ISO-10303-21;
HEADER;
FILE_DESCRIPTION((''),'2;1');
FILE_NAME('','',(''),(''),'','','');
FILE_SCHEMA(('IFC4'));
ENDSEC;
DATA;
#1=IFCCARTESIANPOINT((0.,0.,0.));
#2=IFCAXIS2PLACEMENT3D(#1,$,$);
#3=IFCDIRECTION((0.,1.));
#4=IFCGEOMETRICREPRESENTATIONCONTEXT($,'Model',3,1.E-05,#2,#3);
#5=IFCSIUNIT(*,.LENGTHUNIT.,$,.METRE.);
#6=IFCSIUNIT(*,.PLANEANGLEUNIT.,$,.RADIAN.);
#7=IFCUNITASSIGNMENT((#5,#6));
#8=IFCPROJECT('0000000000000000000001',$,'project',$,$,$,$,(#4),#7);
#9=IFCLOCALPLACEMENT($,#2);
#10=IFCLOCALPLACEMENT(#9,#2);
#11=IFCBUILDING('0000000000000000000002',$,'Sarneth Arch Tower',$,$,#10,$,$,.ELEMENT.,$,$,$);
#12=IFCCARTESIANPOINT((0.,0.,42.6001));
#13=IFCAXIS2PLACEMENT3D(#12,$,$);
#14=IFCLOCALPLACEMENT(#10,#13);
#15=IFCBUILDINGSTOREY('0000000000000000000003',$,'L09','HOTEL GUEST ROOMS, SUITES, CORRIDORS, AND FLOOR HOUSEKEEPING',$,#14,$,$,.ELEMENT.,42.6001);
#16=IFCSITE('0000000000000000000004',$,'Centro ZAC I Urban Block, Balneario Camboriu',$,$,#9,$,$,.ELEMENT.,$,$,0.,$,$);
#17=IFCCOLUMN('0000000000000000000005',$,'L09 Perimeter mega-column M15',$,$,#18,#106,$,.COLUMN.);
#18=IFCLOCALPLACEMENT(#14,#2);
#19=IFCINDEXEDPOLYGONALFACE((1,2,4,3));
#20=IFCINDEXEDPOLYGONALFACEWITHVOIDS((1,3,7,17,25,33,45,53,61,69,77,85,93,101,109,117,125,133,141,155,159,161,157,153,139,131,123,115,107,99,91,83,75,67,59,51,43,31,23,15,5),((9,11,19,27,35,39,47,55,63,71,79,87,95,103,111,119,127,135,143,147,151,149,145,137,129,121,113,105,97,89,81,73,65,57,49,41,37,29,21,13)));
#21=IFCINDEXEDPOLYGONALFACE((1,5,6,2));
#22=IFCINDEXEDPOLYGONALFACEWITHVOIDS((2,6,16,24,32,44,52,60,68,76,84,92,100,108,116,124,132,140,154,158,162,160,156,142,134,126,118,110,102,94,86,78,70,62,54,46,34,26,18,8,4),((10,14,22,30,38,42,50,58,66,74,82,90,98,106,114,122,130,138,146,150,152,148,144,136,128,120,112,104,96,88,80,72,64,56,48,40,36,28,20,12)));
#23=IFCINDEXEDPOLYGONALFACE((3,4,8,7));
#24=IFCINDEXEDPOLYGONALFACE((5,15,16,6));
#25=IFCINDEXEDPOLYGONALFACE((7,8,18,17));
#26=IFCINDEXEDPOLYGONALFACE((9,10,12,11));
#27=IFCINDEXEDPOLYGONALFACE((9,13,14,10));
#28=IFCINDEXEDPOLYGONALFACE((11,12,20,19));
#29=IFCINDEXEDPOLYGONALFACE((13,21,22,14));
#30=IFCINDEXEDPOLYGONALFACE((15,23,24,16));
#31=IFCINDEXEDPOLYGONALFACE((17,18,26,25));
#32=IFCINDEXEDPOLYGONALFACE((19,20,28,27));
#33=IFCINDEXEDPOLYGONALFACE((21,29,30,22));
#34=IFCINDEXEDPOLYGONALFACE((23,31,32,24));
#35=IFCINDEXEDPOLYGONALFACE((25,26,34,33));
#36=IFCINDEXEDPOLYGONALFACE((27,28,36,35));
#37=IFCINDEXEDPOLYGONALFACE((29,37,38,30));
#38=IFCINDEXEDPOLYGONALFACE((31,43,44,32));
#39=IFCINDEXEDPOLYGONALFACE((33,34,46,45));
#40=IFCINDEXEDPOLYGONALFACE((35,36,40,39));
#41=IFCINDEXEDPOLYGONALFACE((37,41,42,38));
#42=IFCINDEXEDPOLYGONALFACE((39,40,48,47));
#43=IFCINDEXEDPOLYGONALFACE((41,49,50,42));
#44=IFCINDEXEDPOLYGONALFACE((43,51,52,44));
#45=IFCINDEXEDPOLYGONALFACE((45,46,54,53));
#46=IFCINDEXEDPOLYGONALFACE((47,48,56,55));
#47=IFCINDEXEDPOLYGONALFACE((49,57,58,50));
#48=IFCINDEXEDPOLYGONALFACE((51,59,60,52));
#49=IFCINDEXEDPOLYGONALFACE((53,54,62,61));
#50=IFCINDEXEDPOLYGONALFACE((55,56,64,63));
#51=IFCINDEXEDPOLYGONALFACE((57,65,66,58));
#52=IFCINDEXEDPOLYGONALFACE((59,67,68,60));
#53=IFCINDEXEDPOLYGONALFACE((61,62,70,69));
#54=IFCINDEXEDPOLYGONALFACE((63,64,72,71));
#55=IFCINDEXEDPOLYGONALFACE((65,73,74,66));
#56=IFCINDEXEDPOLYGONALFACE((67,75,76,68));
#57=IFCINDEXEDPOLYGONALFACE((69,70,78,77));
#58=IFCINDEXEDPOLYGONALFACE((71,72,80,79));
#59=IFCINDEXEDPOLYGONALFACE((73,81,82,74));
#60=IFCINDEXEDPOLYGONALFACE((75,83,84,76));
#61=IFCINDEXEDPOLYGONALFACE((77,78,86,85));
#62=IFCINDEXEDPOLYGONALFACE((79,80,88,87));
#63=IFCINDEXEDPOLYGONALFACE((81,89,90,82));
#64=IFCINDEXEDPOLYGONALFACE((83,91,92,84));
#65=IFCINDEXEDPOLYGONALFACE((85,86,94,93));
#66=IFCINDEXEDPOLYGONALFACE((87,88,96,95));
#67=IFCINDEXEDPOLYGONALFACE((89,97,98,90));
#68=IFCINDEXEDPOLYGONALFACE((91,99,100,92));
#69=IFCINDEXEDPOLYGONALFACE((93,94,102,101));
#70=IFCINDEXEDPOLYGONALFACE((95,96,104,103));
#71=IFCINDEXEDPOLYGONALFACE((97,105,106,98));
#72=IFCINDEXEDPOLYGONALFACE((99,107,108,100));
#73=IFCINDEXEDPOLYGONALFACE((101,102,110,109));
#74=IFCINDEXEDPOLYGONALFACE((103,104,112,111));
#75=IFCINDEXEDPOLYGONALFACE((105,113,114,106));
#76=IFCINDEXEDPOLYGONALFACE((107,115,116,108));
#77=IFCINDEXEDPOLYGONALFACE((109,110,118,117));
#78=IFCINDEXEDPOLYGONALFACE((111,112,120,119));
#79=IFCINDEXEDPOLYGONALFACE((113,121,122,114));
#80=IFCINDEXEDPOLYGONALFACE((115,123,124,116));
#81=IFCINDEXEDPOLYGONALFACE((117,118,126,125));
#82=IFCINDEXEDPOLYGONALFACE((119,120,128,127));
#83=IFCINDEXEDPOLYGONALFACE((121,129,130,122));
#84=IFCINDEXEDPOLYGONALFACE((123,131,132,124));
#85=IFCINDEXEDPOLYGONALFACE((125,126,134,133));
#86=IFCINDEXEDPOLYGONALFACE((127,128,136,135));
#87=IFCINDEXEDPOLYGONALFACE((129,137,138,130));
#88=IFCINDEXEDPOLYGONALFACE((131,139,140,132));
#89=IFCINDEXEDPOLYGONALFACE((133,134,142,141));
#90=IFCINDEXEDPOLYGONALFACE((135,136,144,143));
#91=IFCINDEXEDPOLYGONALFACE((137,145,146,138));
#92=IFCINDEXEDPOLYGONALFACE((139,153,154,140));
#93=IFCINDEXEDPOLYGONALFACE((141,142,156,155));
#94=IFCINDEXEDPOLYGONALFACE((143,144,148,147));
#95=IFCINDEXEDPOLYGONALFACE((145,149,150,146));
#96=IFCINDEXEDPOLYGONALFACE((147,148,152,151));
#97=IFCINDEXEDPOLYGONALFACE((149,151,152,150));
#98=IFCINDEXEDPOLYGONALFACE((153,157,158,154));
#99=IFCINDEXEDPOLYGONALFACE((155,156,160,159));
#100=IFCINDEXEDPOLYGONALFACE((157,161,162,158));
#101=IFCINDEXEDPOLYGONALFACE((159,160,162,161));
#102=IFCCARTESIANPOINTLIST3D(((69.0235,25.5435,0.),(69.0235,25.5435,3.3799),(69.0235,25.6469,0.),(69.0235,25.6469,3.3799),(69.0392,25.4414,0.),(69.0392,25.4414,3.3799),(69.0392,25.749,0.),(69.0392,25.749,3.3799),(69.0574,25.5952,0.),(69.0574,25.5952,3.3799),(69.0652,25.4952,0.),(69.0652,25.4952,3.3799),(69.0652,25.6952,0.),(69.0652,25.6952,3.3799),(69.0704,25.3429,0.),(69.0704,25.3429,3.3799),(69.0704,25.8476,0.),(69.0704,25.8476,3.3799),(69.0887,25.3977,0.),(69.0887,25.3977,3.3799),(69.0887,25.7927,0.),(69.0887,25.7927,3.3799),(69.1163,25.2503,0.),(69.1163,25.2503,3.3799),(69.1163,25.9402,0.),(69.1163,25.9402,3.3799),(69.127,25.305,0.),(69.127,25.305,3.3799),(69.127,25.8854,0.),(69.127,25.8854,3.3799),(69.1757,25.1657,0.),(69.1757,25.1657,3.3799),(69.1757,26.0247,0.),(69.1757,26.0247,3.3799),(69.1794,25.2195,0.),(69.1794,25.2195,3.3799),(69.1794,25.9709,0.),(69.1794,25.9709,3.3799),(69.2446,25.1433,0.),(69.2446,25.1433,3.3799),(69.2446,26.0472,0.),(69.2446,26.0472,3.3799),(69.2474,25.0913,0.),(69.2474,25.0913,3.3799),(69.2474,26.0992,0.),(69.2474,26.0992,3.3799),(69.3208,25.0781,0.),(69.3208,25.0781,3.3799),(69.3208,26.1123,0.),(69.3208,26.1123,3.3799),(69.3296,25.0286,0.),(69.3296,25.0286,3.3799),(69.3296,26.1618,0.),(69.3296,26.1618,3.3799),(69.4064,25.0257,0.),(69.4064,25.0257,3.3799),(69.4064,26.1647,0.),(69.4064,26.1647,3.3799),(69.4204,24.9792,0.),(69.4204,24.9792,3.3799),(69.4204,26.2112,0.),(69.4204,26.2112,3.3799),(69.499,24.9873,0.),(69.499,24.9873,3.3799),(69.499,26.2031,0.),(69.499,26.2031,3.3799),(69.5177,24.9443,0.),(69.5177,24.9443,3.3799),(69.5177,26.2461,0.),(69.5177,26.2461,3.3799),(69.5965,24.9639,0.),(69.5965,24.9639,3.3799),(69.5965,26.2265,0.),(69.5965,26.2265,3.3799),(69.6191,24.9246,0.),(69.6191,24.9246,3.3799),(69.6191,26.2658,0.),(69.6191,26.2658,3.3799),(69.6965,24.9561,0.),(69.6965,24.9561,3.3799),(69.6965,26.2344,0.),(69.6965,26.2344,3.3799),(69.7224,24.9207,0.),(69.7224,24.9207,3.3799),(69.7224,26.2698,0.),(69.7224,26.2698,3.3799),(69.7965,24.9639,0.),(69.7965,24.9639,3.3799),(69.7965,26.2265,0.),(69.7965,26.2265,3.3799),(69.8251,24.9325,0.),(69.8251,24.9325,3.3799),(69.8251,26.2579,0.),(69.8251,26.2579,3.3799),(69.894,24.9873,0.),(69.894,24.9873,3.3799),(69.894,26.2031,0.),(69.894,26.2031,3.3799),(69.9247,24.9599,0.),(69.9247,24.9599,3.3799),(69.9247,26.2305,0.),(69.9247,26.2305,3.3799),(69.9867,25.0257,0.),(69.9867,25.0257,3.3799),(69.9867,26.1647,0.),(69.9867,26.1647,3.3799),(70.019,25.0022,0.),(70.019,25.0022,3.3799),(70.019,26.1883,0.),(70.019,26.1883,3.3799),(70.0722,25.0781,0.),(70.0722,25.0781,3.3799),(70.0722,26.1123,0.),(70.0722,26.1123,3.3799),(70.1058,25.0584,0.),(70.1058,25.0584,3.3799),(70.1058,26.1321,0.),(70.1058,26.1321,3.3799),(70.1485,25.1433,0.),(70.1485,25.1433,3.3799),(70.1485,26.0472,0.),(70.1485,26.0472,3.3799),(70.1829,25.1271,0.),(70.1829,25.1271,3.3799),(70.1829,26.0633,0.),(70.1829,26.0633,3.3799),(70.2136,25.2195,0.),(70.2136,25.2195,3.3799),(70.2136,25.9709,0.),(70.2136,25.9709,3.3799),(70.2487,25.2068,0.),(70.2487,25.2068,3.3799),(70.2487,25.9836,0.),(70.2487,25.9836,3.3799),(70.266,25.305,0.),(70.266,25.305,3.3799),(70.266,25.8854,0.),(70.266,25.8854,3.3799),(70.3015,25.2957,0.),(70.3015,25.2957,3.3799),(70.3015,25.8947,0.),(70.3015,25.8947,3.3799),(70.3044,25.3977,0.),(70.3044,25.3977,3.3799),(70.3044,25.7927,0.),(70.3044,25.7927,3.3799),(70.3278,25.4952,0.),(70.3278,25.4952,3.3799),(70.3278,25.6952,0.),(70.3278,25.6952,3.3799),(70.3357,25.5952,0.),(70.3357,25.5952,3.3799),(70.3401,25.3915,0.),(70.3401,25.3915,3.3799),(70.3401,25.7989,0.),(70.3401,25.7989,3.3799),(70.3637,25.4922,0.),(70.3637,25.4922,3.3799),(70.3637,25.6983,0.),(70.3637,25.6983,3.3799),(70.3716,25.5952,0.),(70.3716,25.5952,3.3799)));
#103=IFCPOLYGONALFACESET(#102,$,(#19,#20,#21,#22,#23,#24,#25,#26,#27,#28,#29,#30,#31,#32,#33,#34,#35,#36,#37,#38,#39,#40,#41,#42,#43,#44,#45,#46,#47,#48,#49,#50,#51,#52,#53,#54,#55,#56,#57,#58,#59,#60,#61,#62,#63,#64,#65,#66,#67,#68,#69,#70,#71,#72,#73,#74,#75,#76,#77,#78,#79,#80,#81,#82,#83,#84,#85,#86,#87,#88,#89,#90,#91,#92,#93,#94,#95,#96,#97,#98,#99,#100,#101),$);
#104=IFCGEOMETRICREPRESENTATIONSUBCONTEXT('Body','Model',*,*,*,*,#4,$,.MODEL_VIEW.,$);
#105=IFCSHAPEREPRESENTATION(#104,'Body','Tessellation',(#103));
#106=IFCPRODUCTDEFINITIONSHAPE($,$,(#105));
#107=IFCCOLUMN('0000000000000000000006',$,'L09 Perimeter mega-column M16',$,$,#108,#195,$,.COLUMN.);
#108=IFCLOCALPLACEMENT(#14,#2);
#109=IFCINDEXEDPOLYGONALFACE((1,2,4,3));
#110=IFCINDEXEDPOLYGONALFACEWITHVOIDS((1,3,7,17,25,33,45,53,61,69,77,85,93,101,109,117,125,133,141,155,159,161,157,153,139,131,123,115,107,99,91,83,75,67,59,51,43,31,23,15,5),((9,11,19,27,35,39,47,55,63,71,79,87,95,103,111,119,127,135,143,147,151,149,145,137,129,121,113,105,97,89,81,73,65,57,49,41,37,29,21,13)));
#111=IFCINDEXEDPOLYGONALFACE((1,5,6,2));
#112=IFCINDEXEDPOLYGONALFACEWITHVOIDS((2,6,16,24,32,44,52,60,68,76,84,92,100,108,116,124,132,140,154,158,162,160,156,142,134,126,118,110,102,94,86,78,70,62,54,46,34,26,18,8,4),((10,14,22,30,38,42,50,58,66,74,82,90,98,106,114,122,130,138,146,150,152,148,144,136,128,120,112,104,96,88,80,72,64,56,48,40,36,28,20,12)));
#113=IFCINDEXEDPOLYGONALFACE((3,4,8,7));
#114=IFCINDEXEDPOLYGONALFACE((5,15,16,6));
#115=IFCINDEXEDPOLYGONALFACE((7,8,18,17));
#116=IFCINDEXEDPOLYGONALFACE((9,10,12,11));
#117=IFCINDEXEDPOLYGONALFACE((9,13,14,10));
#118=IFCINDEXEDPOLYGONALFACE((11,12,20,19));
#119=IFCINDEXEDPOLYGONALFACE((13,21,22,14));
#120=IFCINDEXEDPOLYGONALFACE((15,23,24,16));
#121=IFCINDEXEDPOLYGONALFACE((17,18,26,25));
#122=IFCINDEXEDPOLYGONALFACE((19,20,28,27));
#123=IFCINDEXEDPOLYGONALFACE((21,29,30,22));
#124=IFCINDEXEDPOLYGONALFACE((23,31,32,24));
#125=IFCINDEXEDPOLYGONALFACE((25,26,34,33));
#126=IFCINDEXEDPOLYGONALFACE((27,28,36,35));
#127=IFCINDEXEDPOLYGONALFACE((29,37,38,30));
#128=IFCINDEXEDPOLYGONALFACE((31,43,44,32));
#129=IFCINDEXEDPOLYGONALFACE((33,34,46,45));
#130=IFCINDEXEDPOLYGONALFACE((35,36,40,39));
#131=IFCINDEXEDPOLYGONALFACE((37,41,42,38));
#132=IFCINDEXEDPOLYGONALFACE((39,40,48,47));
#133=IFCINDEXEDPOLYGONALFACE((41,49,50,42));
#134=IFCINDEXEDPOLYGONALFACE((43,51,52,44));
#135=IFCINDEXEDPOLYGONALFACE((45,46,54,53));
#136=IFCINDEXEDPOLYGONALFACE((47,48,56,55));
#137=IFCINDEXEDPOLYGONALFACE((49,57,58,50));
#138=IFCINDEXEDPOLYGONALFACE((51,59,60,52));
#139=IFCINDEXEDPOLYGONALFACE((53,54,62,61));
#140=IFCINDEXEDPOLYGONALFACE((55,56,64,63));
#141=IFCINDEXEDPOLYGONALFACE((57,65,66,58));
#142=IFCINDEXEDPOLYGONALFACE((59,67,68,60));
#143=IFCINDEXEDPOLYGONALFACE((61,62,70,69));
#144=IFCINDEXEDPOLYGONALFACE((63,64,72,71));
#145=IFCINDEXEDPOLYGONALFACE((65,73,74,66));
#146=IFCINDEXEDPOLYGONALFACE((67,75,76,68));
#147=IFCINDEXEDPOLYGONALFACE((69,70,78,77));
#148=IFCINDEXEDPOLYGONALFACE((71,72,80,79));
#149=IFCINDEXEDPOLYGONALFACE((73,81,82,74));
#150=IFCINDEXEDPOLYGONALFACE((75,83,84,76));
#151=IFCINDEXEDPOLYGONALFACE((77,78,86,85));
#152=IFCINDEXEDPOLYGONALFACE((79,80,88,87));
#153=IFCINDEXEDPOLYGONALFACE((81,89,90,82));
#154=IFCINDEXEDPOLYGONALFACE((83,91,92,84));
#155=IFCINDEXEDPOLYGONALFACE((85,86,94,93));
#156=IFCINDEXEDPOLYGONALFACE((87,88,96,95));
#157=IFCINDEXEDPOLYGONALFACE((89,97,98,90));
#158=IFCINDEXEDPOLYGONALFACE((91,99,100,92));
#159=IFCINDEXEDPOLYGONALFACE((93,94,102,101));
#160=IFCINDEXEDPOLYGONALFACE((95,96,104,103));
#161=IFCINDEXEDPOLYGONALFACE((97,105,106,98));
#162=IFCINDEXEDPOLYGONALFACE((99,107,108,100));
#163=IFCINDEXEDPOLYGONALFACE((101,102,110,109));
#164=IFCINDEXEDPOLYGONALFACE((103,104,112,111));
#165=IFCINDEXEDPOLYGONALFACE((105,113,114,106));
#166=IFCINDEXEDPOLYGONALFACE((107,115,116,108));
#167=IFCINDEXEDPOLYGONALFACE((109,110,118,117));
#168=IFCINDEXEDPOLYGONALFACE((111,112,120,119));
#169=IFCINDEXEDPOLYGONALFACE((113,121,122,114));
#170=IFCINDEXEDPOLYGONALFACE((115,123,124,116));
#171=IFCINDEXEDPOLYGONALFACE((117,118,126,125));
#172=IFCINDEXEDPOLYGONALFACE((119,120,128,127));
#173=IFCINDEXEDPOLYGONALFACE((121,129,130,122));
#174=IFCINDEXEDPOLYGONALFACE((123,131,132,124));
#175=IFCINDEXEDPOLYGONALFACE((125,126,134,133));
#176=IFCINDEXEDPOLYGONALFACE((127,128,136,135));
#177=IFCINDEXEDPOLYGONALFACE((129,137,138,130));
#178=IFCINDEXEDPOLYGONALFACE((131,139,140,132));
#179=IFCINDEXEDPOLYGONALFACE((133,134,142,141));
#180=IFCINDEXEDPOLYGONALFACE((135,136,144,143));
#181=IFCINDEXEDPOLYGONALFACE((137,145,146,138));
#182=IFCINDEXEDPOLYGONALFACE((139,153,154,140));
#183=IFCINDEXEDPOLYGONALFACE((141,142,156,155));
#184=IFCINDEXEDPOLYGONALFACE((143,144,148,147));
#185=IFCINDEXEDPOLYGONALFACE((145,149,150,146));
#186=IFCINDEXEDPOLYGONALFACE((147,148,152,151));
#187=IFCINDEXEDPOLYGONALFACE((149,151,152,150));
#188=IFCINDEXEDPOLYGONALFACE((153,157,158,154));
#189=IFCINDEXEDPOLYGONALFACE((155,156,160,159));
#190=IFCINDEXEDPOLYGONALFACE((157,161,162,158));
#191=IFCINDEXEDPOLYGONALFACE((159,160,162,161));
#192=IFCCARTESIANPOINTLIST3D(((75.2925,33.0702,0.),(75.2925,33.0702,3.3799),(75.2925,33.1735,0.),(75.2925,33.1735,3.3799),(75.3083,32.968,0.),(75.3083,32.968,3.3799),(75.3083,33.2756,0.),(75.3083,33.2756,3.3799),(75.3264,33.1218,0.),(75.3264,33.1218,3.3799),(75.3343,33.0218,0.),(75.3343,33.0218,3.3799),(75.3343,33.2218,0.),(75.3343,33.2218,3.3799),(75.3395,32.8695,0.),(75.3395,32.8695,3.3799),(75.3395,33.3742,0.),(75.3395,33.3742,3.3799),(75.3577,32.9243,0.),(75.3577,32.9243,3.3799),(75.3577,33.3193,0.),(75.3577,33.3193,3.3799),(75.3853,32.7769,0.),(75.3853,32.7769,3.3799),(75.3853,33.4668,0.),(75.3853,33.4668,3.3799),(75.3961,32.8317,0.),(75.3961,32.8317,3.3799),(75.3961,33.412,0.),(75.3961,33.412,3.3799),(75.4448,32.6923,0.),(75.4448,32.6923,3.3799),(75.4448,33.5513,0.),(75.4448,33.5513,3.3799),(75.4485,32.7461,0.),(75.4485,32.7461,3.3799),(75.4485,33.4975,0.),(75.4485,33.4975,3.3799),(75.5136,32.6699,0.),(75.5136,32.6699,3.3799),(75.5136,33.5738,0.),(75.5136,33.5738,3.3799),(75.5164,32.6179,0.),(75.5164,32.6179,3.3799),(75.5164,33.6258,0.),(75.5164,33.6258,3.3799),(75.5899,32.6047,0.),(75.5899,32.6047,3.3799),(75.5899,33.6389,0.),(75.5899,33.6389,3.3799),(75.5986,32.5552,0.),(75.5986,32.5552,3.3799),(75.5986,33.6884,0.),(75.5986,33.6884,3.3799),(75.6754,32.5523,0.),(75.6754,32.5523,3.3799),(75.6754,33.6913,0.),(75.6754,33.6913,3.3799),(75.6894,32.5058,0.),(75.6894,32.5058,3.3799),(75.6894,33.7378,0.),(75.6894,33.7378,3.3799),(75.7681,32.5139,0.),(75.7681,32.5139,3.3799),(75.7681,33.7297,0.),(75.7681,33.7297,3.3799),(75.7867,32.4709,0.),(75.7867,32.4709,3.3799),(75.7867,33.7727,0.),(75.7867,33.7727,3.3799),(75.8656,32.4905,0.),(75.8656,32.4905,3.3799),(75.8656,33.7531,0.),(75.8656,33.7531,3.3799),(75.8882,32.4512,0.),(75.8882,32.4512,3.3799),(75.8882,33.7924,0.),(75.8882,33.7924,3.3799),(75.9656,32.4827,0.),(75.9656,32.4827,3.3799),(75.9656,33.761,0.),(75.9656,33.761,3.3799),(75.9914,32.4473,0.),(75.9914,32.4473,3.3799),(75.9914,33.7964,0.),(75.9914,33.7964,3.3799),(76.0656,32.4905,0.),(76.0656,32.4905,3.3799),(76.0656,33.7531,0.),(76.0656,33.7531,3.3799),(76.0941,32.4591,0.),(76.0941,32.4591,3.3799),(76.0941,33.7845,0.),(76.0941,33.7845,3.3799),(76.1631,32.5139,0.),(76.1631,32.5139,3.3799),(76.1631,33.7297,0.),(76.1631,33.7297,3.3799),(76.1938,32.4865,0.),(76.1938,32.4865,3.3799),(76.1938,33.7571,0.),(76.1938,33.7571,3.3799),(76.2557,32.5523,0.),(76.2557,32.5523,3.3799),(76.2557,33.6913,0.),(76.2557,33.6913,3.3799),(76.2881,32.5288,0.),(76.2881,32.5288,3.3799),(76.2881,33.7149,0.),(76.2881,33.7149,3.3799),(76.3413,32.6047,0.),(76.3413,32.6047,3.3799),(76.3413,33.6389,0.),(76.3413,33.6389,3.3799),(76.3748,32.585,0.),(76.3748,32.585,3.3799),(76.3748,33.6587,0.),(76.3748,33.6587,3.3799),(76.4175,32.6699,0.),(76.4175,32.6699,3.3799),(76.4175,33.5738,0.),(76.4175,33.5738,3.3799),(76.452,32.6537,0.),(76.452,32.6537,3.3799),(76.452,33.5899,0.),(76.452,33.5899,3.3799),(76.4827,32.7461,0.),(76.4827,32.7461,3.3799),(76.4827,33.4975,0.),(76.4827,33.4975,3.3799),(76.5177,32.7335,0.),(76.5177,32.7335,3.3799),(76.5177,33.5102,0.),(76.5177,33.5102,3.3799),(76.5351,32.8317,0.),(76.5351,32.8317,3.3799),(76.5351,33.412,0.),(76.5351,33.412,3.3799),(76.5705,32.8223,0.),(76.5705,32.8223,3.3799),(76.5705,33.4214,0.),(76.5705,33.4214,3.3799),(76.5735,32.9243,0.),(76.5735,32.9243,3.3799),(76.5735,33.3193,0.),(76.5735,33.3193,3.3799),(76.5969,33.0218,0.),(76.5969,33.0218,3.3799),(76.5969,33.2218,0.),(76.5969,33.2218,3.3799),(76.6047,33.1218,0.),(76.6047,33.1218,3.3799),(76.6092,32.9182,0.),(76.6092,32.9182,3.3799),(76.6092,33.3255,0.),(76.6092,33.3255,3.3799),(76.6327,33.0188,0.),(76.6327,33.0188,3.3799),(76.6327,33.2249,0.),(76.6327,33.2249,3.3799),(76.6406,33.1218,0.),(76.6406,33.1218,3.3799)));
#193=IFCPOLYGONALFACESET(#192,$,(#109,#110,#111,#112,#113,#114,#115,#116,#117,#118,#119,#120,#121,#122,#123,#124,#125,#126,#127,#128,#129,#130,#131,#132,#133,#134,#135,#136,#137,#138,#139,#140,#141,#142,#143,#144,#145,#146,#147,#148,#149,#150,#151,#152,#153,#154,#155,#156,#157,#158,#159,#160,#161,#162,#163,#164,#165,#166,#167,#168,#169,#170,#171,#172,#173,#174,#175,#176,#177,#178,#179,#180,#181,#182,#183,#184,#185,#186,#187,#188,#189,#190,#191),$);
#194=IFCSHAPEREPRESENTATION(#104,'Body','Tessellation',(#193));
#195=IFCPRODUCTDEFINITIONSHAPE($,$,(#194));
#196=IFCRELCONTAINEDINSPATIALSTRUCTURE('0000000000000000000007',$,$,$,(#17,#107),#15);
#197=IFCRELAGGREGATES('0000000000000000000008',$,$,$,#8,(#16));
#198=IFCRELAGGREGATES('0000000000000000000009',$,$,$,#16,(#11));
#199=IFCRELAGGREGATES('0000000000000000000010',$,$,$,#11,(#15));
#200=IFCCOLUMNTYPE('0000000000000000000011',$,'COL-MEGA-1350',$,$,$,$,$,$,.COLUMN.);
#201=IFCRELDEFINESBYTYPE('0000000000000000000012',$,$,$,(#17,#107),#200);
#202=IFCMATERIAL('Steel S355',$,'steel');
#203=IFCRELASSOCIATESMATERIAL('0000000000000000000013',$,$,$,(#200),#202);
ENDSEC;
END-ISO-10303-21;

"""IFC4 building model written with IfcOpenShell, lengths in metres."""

from ifc_helpers import new_model, si_unit, direction, frame, origin, origin_2d, place, context, subcontext, project, spatial, hollow_circle, extrude, material, material_profile, profile_set, type_object, element, save


model = new_model("IFC4")

# Units and contexts
model_context = context("Model", 3, precision=1e-05, world=origin(), true_north=direction((0.0, 1.0)))
body_context = subcontext(model_context, "Body", "Model", "MODEL_VIEW")
ifc_project = project(units=[si_unit("LENGTHUNIT", "METRE"), si_unit("PLANEANGLEUNIT", "RADIAN")], contexts=[model_context])

# Site, building, storey
site_placement = place(None, origin())
site = spatial("IfcSite", under=ifc_project, at=site_placement, Name="Centro ZAC I Urban Block, Balneario Camboriu", CompositionType="ELEMENT", RefElevation=0.0)
building_placement = place(site_placement, origin())
building = spatial("IfcBuilding", under=site, at=building_placement, Name="Sarneth Arch Tower", CompositionType="ELEMENT")
storey_placement = place(building_placement, frame((0.0, 0.0, 42.6001)))
storey = spatial("IfcBuildingStorey", under=building, at=storey_placement, Name="L09", Description="HOTEL GUEST ROOMS, SUITES, CORRIDORS, AND FLOOR HOUSEKEEPING", CompositionType="ELEMENT", Elevation=42.6001)

# Columns
ifc_material_1 = material(Name="Steel S355", Category="steel")
ifc_material_profile_1 = material_profile(ifc_material_1, hollow_circle(Radius=0.675, WallThickness=0.0359, at=origin_2d()), Name="CHS1350x36")
ifc_profile_set_1 = profile_set([ifc_material_profile_1], Name="Steel S355")
column_type = type_object("IfcColumnType", Name="COL-MEGA-1350", PredefinedType="COLUMN", material=ifc_profile_set_1)
for number, where, z_axis, x_axis, name in (
    (1, (69.6965, 25.5952, 0.0), (0.0, 0.0, 1.0), (1.0, 0.0, 0.0), "L09 Perimeter mega-column M15"),
    (2, (75.9656, 33.1218, 0.0), (0.0, 0.0, 1.0), (1.0, 0.0, 0.0), "L09 Perimeter mega-column M16"),
):
    element("IfcColumn", number, at=place(storey_placement, frame(where, z_axis=z_axis, x_axis=x_axis)), inside=storey, type_object=column_type, Name=name, PredefinedType="COLUMN", context=body_context, shape_type="SweptSolid", body=[
        extrude(hollow_circle(Radius=0.675, WallThickness=0.0359, at=origin_2d()), origin(), (0.0, 0.0, 1.0), 3.3799),
    ])

save(model, "model.ifc")
